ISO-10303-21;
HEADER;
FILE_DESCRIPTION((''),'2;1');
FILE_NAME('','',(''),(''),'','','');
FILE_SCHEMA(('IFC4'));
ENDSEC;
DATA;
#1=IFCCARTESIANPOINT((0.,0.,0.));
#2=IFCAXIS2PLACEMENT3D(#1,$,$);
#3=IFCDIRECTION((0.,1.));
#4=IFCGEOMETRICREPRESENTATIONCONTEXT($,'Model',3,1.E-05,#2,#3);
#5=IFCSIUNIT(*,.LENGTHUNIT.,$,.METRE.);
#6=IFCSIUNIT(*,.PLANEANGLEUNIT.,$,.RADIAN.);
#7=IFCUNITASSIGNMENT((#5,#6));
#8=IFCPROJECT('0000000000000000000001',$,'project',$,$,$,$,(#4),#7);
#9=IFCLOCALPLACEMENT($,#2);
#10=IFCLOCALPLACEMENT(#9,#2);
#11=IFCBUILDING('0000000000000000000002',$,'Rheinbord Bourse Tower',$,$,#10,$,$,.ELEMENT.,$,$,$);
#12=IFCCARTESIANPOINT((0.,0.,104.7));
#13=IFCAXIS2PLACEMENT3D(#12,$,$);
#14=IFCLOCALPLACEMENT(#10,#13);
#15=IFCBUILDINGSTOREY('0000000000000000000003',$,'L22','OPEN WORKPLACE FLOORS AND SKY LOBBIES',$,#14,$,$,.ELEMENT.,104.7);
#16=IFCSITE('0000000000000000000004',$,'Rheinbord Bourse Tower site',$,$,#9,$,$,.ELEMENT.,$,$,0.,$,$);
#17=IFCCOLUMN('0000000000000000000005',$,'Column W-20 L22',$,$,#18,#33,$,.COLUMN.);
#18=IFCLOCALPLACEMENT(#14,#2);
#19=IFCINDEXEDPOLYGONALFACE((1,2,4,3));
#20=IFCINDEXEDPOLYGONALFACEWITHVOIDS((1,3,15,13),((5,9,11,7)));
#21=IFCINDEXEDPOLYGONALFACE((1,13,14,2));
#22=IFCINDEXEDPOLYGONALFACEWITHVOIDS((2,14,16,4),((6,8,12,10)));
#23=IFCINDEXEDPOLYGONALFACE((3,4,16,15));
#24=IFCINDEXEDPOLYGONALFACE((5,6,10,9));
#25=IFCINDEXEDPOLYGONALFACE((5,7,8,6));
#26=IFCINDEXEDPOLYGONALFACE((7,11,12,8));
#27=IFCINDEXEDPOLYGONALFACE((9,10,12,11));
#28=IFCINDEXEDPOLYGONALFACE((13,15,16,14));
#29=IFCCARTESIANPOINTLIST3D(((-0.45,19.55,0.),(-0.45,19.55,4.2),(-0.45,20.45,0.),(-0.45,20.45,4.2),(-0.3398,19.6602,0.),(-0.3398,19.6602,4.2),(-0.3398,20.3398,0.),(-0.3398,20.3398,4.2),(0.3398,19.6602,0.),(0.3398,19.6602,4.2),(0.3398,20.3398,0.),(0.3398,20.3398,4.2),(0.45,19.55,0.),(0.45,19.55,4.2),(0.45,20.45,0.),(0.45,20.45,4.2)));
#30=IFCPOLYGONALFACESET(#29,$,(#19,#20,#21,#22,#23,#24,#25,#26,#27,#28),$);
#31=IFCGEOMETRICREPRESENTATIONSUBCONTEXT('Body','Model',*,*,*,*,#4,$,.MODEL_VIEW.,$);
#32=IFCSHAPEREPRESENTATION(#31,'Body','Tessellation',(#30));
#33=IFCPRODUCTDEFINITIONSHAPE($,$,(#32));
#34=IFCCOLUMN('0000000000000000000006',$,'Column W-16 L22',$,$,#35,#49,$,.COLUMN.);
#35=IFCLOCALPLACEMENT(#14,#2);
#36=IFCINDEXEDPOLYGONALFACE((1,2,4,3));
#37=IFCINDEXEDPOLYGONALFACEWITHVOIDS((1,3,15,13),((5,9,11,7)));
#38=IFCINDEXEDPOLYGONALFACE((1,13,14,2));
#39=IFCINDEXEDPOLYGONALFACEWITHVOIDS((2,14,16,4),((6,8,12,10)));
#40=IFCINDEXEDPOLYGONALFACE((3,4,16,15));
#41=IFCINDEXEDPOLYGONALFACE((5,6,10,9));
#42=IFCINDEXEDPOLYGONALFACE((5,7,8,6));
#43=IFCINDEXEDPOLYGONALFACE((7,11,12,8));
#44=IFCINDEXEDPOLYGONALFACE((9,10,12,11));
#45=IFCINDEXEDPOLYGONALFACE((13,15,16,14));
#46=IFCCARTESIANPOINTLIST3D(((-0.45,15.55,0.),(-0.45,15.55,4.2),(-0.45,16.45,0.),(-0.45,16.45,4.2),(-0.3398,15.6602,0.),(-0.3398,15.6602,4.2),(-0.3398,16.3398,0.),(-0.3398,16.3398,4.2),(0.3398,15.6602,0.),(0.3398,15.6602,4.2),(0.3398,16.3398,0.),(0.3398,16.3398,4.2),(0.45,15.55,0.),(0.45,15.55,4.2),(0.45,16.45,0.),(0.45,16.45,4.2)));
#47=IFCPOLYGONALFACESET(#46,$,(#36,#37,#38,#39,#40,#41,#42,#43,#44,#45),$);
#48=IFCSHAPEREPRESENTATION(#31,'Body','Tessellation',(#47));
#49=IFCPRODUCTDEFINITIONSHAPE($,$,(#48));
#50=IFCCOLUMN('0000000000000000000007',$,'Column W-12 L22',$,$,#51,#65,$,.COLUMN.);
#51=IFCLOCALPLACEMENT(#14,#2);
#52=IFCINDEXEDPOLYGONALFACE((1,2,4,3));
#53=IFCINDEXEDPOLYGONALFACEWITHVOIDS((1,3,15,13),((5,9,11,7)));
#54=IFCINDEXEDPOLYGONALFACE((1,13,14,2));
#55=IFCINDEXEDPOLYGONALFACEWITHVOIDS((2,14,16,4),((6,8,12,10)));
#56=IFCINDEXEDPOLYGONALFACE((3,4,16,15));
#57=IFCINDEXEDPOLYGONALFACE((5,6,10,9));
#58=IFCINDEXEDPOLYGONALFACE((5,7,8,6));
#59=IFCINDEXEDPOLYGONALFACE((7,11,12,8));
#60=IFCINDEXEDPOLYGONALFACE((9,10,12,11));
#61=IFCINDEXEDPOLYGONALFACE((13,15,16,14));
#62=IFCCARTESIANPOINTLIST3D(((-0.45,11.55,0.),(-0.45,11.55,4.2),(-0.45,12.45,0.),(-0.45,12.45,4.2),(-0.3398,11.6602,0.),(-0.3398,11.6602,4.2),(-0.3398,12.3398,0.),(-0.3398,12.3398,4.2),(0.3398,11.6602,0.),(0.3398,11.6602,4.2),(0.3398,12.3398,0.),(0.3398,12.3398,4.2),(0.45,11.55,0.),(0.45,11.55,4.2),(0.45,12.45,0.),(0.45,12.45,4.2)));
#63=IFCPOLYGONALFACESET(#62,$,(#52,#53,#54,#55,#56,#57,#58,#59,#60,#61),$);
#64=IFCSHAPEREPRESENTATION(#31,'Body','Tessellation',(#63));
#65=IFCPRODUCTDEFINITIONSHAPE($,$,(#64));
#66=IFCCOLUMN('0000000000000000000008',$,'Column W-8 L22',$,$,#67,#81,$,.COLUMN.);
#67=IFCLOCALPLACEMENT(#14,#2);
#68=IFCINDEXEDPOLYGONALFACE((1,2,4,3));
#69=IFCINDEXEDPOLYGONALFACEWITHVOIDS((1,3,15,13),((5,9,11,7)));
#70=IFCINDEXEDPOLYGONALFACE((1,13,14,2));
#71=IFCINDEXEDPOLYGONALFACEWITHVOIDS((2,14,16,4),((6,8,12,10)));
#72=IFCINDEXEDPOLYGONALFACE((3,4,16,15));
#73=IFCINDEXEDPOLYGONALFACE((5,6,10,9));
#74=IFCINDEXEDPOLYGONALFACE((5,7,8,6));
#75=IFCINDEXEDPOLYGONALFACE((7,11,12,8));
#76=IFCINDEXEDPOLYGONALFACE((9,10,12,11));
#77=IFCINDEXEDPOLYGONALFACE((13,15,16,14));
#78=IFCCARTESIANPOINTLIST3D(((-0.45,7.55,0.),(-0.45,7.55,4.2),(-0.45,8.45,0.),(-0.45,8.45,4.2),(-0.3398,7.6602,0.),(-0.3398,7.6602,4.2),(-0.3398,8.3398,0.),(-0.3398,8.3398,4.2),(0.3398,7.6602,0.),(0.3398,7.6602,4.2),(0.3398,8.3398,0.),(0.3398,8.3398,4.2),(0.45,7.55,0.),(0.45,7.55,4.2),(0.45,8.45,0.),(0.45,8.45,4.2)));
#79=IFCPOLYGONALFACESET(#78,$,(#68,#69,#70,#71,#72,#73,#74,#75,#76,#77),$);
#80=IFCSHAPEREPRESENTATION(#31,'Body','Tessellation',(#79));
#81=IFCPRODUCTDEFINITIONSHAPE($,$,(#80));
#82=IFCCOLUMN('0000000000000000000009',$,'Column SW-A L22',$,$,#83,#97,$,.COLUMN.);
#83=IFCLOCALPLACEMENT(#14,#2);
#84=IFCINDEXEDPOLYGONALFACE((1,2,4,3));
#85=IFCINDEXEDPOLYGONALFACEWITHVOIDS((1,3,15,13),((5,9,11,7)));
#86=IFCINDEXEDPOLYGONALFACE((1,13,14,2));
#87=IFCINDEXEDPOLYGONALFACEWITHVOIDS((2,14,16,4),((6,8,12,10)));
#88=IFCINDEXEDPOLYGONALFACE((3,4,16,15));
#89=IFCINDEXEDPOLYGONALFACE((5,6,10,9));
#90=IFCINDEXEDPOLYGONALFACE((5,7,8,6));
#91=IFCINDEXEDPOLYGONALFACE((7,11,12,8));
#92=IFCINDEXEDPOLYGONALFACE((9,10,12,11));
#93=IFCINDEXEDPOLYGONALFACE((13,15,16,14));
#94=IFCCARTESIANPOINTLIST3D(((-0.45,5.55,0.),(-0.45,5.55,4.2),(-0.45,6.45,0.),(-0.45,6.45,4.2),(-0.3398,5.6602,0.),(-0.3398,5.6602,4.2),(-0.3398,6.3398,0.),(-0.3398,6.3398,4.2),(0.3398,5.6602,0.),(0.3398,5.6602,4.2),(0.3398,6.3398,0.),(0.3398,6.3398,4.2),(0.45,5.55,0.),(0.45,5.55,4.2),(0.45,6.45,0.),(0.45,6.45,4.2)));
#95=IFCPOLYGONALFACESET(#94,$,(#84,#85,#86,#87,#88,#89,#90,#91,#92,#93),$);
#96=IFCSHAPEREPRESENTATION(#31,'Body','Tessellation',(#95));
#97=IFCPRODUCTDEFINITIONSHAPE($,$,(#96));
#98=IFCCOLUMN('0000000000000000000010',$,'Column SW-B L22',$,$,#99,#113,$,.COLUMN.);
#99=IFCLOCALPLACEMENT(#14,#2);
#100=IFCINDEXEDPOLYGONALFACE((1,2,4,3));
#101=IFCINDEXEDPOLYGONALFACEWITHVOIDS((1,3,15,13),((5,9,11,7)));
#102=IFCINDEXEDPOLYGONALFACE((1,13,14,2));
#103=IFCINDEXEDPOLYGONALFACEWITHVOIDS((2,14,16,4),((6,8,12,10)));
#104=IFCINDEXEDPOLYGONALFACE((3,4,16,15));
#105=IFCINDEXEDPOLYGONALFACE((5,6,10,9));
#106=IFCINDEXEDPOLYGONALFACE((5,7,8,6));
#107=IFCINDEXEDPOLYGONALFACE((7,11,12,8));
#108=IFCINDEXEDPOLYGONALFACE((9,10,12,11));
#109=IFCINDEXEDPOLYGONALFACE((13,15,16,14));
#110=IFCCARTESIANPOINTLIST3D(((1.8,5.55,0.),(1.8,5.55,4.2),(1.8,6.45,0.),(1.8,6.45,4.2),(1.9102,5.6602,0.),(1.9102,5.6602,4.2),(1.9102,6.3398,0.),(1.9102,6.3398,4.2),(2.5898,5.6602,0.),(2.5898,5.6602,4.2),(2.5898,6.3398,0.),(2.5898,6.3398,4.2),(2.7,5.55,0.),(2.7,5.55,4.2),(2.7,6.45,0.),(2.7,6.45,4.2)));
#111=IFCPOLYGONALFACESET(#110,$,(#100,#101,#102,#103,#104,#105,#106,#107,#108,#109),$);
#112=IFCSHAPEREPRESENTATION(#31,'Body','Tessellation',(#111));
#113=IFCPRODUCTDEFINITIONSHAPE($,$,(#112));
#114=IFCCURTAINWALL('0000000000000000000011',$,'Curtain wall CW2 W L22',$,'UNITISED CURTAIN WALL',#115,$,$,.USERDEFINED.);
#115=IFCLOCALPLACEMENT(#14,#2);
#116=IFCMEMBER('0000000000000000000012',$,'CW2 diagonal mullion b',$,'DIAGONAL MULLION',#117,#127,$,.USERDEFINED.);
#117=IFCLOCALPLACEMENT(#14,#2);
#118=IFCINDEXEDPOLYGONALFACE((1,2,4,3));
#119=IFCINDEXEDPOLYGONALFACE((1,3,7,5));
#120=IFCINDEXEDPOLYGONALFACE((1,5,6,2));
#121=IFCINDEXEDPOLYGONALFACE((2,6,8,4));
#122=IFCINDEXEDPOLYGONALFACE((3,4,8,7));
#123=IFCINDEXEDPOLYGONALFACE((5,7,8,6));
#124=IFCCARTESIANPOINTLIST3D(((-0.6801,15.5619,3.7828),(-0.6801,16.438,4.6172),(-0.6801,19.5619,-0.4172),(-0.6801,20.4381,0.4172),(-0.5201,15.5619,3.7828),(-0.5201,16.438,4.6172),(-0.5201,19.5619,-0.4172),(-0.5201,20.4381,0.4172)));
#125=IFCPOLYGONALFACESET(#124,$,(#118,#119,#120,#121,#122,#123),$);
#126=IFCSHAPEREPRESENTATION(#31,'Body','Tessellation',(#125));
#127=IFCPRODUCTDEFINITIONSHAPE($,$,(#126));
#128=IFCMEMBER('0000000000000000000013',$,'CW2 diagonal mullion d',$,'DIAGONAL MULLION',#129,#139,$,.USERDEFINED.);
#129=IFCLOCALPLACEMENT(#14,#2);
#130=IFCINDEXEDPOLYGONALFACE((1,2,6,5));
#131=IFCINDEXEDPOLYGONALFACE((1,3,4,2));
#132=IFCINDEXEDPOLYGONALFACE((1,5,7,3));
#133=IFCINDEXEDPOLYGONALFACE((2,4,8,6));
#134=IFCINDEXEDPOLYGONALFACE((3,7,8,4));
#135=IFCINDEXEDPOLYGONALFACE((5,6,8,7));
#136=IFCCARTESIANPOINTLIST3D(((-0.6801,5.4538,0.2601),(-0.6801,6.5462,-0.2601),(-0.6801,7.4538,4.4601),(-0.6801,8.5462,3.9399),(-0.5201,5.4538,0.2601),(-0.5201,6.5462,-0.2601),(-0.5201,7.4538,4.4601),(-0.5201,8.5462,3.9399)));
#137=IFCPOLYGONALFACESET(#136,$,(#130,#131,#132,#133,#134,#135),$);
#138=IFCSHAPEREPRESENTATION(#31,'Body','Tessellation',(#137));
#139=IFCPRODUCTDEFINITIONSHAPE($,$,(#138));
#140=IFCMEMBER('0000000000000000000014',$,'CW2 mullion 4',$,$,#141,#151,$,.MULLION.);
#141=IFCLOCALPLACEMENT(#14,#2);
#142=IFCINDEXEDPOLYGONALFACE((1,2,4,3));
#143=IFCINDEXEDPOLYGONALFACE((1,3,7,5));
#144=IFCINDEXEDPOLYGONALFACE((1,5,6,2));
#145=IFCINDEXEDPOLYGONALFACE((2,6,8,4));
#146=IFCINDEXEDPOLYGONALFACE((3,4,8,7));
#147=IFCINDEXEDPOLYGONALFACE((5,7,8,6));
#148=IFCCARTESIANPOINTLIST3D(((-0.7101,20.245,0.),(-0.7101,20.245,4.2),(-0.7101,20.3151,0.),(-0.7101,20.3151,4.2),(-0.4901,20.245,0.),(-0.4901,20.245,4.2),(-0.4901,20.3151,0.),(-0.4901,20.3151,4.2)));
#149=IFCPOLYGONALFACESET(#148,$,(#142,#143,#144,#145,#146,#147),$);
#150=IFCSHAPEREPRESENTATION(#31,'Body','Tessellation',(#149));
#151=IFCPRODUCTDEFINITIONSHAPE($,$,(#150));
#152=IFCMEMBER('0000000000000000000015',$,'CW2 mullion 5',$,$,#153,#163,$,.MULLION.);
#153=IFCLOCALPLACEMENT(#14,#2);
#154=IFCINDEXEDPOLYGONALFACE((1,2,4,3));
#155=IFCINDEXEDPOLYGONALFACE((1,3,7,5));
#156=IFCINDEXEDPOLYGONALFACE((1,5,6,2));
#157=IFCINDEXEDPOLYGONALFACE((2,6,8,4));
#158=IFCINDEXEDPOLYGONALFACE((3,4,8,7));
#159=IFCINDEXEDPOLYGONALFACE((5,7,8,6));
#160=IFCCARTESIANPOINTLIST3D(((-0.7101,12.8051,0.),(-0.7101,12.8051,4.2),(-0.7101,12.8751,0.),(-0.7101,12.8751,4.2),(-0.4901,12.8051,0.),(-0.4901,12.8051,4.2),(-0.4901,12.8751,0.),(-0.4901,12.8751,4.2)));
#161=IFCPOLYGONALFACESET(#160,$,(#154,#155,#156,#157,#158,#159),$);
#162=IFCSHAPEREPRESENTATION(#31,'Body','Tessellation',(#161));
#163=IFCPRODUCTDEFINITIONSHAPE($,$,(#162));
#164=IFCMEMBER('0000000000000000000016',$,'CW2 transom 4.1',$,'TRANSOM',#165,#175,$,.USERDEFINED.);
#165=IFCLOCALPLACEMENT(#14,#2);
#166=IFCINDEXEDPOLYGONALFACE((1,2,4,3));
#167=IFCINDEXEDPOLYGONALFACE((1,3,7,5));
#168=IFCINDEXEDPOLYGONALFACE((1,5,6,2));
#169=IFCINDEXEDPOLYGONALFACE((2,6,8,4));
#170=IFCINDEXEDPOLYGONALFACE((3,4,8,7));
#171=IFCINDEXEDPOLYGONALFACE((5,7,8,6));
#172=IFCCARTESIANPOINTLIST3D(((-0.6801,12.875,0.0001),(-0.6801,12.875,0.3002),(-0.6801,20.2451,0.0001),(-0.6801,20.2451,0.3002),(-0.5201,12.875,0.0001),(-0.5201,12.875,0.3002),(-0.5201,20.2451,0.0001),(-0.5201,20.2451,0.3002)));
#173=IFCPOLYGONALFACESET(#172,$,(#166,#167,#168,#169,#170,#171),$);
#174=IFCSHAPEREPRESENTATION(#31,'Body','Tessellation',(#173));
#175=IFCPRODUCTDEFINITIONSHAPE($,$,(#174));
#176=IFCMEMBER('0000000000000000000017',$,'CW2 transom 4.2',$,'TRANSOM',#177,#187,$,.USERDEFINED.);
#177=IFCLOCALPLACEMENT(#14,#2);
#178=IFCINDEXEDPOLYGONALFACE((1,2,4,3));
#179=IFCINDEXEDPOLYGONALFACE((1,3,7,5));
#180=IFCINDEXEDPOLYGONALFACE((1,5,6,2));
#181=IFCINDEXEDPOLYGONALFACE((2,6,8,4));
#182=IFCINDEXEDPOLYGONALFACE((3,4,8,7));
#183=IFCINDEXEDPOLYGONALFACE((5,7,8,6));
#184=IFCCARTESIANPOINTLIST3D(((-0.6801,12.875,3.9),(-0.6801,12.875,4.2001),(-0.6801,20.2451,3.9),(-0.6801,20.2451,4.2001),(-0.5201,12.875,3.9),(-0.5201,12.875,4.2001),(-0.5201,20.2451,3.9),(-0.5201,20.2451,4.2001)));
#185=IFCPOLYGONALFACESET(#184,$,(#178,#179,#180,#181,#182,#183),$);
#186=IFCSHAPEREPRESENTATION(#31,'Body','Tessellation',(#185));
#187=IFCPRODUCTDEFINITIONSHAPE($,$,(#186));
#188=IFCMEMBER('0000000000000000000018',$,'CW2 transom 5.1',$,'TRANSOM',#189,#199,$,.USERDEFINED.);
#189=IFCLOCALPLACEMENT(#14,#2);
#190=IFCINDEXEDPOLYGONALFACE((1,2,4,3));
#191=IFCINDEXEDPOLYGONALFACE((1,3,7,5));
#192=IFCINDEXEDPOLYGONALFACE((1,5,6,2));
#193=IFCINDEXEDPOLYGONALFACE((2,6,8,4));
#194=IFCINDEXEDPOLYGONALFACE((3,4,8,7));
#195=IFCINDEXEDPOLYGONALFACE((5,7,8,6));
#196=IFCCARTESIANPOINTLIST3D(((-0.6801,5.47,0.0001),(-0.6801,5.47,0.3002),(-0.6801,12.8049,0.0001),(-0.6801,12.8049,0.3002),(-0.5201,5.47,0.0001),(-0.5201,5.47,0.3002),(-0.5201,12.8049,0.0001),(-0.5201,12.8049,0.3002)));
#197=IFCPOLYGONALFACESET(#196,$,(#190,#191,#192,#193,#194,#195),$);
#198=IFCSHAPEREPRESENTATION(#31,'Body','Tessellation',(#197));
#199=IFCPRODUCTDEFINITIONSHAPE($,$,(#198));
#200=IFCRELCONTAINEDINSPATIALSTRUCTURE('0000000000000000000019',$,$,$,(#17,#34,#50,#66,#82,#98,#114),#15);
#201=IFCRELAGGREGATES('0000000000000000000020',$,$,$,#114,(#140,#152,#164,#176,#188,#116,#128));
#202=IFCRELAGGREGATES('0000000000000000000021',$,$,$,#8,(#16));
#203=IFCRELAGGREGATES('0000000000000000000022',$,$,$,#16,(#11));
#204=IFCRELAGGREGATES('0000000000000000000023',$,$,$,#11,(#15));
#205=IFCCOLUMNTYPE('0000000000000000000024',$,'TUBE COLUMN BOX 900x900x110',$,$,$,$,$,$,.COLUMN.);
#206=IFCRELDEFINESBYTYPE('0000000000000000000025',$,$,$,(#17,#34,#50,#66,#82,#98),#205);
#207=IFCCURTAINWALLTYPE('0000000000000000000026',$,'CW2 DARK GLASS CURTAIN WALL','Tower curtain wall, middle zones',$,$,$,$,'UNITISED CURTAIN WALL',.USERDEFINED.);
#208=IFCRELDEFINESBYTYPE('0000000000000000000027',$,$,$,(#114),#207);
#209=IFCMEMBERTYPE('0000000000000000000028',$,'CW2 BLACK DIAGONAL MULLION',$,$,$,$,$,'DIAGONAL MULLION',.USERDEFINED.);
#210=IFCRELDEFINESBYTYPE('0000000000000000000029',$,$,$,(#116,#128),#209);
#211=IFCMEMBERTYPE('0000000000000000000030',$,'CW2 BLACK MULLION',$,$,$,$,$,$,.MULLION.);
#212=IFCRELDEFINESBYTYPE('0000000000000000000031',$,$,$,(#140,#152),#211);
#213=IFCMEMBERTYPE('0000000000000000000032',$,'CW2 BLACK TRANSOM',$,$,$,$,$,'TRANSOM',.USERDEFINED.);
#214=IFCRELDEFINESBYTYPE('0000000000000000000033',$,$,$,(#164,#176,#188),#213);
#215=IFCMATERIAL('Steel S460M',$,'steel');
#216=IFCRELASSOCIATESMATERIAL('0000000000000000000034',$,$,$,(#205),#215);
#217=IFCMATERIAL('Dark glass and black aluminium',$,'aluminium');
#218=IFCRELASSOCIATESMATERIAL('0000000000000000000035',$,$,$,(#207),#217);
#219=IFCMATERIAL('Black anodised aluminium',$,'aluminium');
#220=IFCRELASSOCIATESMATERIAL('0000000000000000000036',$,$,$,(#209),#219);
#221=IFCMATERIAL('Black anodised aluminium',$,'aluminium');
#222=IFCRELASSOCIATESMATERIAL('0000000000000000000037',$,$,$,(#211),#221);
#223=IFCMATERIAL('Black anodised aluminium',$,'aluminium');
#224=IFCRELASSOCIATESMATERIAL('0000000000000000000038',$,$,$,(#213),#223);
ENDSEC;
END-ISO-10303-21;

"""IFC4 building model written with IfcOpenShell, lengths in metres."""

from ifc_helpers import new_model, si_unit, direction, frame, origin, origin_2d, place, context, subcontext, project, spatial, rectangle, hollow_rectangle, extrude, material, material_profile, profile_set, type_object, element, aggregate, save


model = new_model("IFC4")

# Units and contexts
model_context = context("Model", 3, precision=1e-05, world=origin(), true_north=direction((0.0, 1.0)))
body_context = subcontext(model_context, "Body", "Model", "MODEL_VIEW")
ifc_project = project(units=[si_unit("LENGTHUNIT", "METRE"), si_unit("PLANEANGLEUNIT", "RADIAN")], contexts=[model_context])

# Site, building, storey
site_placement = place(None, origin())
site = spatial("IfcSite", under=ifc_project, at=site_placement, Name="Rheinbord Bourse Tower site", CompositionType="ELEMENT", RefElevation=0.0)
building_placement = place(site_placement, origin())
building = spatial("IfcBuilding", under=site, at=building_placement, Name="Rheinbord Bourse Tower", CompositionType="ELEMENT")
storey_placement = place(building_placement, frame((0.0, 0.0, 104.7)))
storey = spatial("IfcBuildingStorey", under=building, at=storey_placement, Name="L22", Description="OPEN WORKPLACE FLOORS AND SKY LOBBIES", CompositionType="ELEMENT", Elevation=104.7)

# Columns
ifc_material_1 = material(Name="Steel S460M", Category="steel")
ifc_material_profile_1 = material_profile(ifc_material_1, hollow_rectangle(XDim=0.8999, YDim=0.8999, WallThickness=0.1101, at=origin_2d()), Name="BOX 900x900x110")
ifc_profile_set_1 = profile_set([ifc_material_profile_1], Name="Steel S460M")
column_type = type_object("IfcColumnType", Name="TUBE COLUMN BOX 900x900x110", PredefinedType="COLUMN", material=ifc_profile_set_1)
for number, where, z_axis, x_axis, name in (
    (1, (0.0, 20.0, 0.0), (0.0, 0.0, 1.0), (1.0, 0.0, 0.0), "Column W-20 L22"),
    (2, (0.0, 16.0, 0.0), (0.0, 0.0, 1.0), (1.0, 0.0, 0.0), "Column W-16 L22"),
    (3, (0.0, 12.0, 0.0), (0.0, 0.0, 1.0), (1.0, 0.0, 0.0), "Column W-12 L22"),
    (4, (0.0, 8.0, 0.0), (0.0, 0.0, 1.0), (1.0, 0.0, 0.0), "Column W-8 L22"),
    (5, (0.0, 6.0, 0.0), (0.0, 0.0, 1.0), (1.0, 0.0, 0.0), "Column SW-A L22"),
    (6, (2.25, 6.0, 0.0), (0.0, 0.0, 1.0), (1.0, 0.0, 0.0), "Column SW-B L22"),
):
    element("IfcColumn", number, at=place(storey_placement, frame(where, z_axis=z_axis, x_axis=x_axis)), inside=storey, type_object=column_type, Name=name, PredefinedType="COLUMN", context=body_context, shape_type="SweptSolid", body=[
        extrude(hollow_rectangle(XDim=0.8999, YDim=0.8999, WallThickness=0.1101, at=origin_2d()), origin(), (0.0, 0.0, 1.0), 4.2),
    ])

# Curtain wall, members
ifc_material_2 = material(Name="Dark glass and black aluminium", Category="aluminium")
curtain_wall_type = type_object("IfcCurtainWallType", Name="CW2 DARK GLASS CURTAIN WALL", Description="Tower curtain wall, middle zones", ElementType="UNITISED CURTAIN WALL", PredefinedType="USERDEFINED", material=ifc_material_2)
curtain_wall_placement = place(storey_placement, origin())
curtain_wall = element("IfcCurtainWall", 7, at=curtain_wall_placement, inside=storey, type_object=curtain_wall_type, Name="Curtain wall CW2 W L22", ObjectType="UNITISED CURTAIN WALL", PredefinedType="USERDEFINED")
ifc_material_3 = material(Name="Black anodised aluminium", Category="aluminium")
ifc_material_profile_2 = material_profile(ifc_material_3, rectangle(XDim=0.1599, YDim=1.21, at=origin_2d()), Name="CW2 DIAGONAL MULLION 1210x160")
ifc_profile_set_2 = profile_set([ifc_material_profile_2], Name="Black anodised aluminium")
member_type_1 = type_object("IfcMemberType", Name="CW2 BLACK DIAGONAL MULLION", ElementType="DIAGONAL MULLION", PredefinedType="USERDEFINED", material=ifc_profile_set_2)
member_1_placement = place(storey_placement, frame((-0.6001, 20.0, 0.0), z_axis=(0.0, -0.689659, 0.724134), x_axis=(1.0, 0.0, 0.0)))
member_1 = element("IfcMember", 8, at=member_1_placement, type_object=member_type_1, Name="CW2 diagonal mullion b", ObjectType="DIAGONAL MULLION", PredefinedType="USERDEFINED", context=body_context, shape_type="SweptSolid", body=[
    extrude(rectangle(XDim=0.1599, YDim=1.21, at=origin_2d()), origin(), (0.0, 0.0, 1.0), 5.8),
])
member_2_placement = place(storey_placement, frame((-0.6001, 6.0, 0.0), z_axis=(0.0, 0.429938, 0.902859), x_axis=(-1.0, 0.0, 0.0)))
member_2 = element("IfcMember", 9, at=member_2_placement, type_object=member_type_1, Name="CW2 diagonal mullion d", ObjectType="DIAGONAL MULLION", PredefinedType="USERDEFINED", context=body_context, shape_type="SweptSolid", body=[
    extrude(rectangle(XDim=0.1599, YDim=1.21, at=origin_2d()), origin(), (0.0, 0.0, 1.0), 4.6519),
])
ifc_material_4 = material(Name="Black anodised aluminium", Category="aluminium")
ifc_material_profile_3 = material_profile(ifc_material_4, rectangle(XDim=0.22, YDim=0.0701, at=origin_2d()), Name="CW2 MULLION 70x220")
ifc_profile_set_3 = profile_set([ifc_material_profile_3], Name="Black anodised aluminium")
member_type_2 = type_object("IfcMemberType", Name="CW2 BLACK MULLION", PredefinedType="MULLION", material=ifc_profile_set_3)
member_3_placement = place(storey_placement, frame((-0.6001, 20.28, 0.0), z_axis=(0.0, 0.0, 1.0), x_axis=(1.0, 0.0, 0.0)))
member_3 = element("IfcMember", 10, at=member_3_placement, type_object=member_type_2, Name="CW2 mullion 4", PredefinedType="MULLION", context=body_context, shape_type="SweptSolid", body=[
    extrude(rectangle(XDim=0.22, YDim=0.0701, at=origin_2d()), origin(), (0.0, 0.0, 1.0), 4.2),
])
member_4_placement = place(storey_placement, frame((-0.6001, 12.8401, 0.0), z_axis=(0.0, 0.0, 1.0), x_axis=(1.0, 0.0, 0.0)))
member_4 = element("IfcMember", 11, at=member_4_placement, type_object=member_type_2, Name="CW2 mullion 5", PredefinedType="MULLION", context=body_context, shape_type="SweptSolid", body=[
    extrude(rectangle(XDim=0.22, YDim=0.0701, at=origin_2d()), origin(), (0.0, 0.0, 1.0), 4.2),
])
ifc_material_5 = material(Name="Black anodised aluminium", Category="aluminium")
ifc_material_profile_4 = material_profile(ifc_material_5, rectangle(XDim=0.1599, YDim=0.3, at=origin_2d()), Name="CW2 TRANSOM 300x160")
ifc_profile_set_4 = profile_set([ifc_material_profile_4], Name="Black anodised aluminium")
member_type_3 = type_object("IfcMemberType", Name="CW2 BLACK TRANSOM", ElementType="TRANSOM", PredefinedType="USERDEFINED", material=ifc_profile_set_4)
member_5_placement = place(storey_placement, frame((-0.6001, 20.2451, 0.1501), z_axis=(0.0, -1.0, 0.0), x_axis=(1.0, 0.0, 0.0)))
member_5 = element("IfcMember", 12, at=member_5_placement, type_object=member_type_3, Name="CW2 transom 4.1", ObjectType="TRANSOM", PredefinedType="USERDEFINED", context=body_context, shape_type="SweptSolid", body=[
    extrude(rectangle(XDim=0.1599, YDim=0.3, at=origin_2d()), origin(), (0.0, 0.0, 1.0), 7.3701),
])
member_6_placement = place(storey_placement, frame((-0.6001, 20.2451, 4.05), z_axis=(0.0, -1.0, 0.0), x_axis=(1.0, 0.0, 0.0)))
member_6 = element("IfcMember", 13, at=member_6_placement, type_object=member_type_3, Name="CW2 transom 4.2", ObjectType="TRANSOM", PredefinedType="USERDEFINED", context=body_context, shape_type="SweptSolid", body=[
    extrude(rectangle(XDim=0.1599, YDim=0.3, at=origin_2d()), origin(), (0.0, 0.0, 1.0), 7.3701),
])
member_7_placement = place(storey_placement, frame((-0.6001, 12.8049, 0.1501), z_axis=(0.0, -1.0, 0.0), x_axis=(1.0, 0.0, 0.0)))
member_7 = element("IfcMember", 14, at=member_7_placement, type_object=member_type_3, Name="CW2 transom 5.1", ObjectType="TRANSOM", PredefinedType="USERDEFINED", context=body_context, shape_type="SweptSolid", body=[
    extrude(rectangle(XDim=0.1599, YDim=0.3, at=origin_2d()), origin(), (0.0, 0.0, 1.0), 7.335),
])

aggregate(curtain_wall, [member_3, member_4, member_5, member_6, member_7, member_1, member_2])

save(model, "model.ifc")
